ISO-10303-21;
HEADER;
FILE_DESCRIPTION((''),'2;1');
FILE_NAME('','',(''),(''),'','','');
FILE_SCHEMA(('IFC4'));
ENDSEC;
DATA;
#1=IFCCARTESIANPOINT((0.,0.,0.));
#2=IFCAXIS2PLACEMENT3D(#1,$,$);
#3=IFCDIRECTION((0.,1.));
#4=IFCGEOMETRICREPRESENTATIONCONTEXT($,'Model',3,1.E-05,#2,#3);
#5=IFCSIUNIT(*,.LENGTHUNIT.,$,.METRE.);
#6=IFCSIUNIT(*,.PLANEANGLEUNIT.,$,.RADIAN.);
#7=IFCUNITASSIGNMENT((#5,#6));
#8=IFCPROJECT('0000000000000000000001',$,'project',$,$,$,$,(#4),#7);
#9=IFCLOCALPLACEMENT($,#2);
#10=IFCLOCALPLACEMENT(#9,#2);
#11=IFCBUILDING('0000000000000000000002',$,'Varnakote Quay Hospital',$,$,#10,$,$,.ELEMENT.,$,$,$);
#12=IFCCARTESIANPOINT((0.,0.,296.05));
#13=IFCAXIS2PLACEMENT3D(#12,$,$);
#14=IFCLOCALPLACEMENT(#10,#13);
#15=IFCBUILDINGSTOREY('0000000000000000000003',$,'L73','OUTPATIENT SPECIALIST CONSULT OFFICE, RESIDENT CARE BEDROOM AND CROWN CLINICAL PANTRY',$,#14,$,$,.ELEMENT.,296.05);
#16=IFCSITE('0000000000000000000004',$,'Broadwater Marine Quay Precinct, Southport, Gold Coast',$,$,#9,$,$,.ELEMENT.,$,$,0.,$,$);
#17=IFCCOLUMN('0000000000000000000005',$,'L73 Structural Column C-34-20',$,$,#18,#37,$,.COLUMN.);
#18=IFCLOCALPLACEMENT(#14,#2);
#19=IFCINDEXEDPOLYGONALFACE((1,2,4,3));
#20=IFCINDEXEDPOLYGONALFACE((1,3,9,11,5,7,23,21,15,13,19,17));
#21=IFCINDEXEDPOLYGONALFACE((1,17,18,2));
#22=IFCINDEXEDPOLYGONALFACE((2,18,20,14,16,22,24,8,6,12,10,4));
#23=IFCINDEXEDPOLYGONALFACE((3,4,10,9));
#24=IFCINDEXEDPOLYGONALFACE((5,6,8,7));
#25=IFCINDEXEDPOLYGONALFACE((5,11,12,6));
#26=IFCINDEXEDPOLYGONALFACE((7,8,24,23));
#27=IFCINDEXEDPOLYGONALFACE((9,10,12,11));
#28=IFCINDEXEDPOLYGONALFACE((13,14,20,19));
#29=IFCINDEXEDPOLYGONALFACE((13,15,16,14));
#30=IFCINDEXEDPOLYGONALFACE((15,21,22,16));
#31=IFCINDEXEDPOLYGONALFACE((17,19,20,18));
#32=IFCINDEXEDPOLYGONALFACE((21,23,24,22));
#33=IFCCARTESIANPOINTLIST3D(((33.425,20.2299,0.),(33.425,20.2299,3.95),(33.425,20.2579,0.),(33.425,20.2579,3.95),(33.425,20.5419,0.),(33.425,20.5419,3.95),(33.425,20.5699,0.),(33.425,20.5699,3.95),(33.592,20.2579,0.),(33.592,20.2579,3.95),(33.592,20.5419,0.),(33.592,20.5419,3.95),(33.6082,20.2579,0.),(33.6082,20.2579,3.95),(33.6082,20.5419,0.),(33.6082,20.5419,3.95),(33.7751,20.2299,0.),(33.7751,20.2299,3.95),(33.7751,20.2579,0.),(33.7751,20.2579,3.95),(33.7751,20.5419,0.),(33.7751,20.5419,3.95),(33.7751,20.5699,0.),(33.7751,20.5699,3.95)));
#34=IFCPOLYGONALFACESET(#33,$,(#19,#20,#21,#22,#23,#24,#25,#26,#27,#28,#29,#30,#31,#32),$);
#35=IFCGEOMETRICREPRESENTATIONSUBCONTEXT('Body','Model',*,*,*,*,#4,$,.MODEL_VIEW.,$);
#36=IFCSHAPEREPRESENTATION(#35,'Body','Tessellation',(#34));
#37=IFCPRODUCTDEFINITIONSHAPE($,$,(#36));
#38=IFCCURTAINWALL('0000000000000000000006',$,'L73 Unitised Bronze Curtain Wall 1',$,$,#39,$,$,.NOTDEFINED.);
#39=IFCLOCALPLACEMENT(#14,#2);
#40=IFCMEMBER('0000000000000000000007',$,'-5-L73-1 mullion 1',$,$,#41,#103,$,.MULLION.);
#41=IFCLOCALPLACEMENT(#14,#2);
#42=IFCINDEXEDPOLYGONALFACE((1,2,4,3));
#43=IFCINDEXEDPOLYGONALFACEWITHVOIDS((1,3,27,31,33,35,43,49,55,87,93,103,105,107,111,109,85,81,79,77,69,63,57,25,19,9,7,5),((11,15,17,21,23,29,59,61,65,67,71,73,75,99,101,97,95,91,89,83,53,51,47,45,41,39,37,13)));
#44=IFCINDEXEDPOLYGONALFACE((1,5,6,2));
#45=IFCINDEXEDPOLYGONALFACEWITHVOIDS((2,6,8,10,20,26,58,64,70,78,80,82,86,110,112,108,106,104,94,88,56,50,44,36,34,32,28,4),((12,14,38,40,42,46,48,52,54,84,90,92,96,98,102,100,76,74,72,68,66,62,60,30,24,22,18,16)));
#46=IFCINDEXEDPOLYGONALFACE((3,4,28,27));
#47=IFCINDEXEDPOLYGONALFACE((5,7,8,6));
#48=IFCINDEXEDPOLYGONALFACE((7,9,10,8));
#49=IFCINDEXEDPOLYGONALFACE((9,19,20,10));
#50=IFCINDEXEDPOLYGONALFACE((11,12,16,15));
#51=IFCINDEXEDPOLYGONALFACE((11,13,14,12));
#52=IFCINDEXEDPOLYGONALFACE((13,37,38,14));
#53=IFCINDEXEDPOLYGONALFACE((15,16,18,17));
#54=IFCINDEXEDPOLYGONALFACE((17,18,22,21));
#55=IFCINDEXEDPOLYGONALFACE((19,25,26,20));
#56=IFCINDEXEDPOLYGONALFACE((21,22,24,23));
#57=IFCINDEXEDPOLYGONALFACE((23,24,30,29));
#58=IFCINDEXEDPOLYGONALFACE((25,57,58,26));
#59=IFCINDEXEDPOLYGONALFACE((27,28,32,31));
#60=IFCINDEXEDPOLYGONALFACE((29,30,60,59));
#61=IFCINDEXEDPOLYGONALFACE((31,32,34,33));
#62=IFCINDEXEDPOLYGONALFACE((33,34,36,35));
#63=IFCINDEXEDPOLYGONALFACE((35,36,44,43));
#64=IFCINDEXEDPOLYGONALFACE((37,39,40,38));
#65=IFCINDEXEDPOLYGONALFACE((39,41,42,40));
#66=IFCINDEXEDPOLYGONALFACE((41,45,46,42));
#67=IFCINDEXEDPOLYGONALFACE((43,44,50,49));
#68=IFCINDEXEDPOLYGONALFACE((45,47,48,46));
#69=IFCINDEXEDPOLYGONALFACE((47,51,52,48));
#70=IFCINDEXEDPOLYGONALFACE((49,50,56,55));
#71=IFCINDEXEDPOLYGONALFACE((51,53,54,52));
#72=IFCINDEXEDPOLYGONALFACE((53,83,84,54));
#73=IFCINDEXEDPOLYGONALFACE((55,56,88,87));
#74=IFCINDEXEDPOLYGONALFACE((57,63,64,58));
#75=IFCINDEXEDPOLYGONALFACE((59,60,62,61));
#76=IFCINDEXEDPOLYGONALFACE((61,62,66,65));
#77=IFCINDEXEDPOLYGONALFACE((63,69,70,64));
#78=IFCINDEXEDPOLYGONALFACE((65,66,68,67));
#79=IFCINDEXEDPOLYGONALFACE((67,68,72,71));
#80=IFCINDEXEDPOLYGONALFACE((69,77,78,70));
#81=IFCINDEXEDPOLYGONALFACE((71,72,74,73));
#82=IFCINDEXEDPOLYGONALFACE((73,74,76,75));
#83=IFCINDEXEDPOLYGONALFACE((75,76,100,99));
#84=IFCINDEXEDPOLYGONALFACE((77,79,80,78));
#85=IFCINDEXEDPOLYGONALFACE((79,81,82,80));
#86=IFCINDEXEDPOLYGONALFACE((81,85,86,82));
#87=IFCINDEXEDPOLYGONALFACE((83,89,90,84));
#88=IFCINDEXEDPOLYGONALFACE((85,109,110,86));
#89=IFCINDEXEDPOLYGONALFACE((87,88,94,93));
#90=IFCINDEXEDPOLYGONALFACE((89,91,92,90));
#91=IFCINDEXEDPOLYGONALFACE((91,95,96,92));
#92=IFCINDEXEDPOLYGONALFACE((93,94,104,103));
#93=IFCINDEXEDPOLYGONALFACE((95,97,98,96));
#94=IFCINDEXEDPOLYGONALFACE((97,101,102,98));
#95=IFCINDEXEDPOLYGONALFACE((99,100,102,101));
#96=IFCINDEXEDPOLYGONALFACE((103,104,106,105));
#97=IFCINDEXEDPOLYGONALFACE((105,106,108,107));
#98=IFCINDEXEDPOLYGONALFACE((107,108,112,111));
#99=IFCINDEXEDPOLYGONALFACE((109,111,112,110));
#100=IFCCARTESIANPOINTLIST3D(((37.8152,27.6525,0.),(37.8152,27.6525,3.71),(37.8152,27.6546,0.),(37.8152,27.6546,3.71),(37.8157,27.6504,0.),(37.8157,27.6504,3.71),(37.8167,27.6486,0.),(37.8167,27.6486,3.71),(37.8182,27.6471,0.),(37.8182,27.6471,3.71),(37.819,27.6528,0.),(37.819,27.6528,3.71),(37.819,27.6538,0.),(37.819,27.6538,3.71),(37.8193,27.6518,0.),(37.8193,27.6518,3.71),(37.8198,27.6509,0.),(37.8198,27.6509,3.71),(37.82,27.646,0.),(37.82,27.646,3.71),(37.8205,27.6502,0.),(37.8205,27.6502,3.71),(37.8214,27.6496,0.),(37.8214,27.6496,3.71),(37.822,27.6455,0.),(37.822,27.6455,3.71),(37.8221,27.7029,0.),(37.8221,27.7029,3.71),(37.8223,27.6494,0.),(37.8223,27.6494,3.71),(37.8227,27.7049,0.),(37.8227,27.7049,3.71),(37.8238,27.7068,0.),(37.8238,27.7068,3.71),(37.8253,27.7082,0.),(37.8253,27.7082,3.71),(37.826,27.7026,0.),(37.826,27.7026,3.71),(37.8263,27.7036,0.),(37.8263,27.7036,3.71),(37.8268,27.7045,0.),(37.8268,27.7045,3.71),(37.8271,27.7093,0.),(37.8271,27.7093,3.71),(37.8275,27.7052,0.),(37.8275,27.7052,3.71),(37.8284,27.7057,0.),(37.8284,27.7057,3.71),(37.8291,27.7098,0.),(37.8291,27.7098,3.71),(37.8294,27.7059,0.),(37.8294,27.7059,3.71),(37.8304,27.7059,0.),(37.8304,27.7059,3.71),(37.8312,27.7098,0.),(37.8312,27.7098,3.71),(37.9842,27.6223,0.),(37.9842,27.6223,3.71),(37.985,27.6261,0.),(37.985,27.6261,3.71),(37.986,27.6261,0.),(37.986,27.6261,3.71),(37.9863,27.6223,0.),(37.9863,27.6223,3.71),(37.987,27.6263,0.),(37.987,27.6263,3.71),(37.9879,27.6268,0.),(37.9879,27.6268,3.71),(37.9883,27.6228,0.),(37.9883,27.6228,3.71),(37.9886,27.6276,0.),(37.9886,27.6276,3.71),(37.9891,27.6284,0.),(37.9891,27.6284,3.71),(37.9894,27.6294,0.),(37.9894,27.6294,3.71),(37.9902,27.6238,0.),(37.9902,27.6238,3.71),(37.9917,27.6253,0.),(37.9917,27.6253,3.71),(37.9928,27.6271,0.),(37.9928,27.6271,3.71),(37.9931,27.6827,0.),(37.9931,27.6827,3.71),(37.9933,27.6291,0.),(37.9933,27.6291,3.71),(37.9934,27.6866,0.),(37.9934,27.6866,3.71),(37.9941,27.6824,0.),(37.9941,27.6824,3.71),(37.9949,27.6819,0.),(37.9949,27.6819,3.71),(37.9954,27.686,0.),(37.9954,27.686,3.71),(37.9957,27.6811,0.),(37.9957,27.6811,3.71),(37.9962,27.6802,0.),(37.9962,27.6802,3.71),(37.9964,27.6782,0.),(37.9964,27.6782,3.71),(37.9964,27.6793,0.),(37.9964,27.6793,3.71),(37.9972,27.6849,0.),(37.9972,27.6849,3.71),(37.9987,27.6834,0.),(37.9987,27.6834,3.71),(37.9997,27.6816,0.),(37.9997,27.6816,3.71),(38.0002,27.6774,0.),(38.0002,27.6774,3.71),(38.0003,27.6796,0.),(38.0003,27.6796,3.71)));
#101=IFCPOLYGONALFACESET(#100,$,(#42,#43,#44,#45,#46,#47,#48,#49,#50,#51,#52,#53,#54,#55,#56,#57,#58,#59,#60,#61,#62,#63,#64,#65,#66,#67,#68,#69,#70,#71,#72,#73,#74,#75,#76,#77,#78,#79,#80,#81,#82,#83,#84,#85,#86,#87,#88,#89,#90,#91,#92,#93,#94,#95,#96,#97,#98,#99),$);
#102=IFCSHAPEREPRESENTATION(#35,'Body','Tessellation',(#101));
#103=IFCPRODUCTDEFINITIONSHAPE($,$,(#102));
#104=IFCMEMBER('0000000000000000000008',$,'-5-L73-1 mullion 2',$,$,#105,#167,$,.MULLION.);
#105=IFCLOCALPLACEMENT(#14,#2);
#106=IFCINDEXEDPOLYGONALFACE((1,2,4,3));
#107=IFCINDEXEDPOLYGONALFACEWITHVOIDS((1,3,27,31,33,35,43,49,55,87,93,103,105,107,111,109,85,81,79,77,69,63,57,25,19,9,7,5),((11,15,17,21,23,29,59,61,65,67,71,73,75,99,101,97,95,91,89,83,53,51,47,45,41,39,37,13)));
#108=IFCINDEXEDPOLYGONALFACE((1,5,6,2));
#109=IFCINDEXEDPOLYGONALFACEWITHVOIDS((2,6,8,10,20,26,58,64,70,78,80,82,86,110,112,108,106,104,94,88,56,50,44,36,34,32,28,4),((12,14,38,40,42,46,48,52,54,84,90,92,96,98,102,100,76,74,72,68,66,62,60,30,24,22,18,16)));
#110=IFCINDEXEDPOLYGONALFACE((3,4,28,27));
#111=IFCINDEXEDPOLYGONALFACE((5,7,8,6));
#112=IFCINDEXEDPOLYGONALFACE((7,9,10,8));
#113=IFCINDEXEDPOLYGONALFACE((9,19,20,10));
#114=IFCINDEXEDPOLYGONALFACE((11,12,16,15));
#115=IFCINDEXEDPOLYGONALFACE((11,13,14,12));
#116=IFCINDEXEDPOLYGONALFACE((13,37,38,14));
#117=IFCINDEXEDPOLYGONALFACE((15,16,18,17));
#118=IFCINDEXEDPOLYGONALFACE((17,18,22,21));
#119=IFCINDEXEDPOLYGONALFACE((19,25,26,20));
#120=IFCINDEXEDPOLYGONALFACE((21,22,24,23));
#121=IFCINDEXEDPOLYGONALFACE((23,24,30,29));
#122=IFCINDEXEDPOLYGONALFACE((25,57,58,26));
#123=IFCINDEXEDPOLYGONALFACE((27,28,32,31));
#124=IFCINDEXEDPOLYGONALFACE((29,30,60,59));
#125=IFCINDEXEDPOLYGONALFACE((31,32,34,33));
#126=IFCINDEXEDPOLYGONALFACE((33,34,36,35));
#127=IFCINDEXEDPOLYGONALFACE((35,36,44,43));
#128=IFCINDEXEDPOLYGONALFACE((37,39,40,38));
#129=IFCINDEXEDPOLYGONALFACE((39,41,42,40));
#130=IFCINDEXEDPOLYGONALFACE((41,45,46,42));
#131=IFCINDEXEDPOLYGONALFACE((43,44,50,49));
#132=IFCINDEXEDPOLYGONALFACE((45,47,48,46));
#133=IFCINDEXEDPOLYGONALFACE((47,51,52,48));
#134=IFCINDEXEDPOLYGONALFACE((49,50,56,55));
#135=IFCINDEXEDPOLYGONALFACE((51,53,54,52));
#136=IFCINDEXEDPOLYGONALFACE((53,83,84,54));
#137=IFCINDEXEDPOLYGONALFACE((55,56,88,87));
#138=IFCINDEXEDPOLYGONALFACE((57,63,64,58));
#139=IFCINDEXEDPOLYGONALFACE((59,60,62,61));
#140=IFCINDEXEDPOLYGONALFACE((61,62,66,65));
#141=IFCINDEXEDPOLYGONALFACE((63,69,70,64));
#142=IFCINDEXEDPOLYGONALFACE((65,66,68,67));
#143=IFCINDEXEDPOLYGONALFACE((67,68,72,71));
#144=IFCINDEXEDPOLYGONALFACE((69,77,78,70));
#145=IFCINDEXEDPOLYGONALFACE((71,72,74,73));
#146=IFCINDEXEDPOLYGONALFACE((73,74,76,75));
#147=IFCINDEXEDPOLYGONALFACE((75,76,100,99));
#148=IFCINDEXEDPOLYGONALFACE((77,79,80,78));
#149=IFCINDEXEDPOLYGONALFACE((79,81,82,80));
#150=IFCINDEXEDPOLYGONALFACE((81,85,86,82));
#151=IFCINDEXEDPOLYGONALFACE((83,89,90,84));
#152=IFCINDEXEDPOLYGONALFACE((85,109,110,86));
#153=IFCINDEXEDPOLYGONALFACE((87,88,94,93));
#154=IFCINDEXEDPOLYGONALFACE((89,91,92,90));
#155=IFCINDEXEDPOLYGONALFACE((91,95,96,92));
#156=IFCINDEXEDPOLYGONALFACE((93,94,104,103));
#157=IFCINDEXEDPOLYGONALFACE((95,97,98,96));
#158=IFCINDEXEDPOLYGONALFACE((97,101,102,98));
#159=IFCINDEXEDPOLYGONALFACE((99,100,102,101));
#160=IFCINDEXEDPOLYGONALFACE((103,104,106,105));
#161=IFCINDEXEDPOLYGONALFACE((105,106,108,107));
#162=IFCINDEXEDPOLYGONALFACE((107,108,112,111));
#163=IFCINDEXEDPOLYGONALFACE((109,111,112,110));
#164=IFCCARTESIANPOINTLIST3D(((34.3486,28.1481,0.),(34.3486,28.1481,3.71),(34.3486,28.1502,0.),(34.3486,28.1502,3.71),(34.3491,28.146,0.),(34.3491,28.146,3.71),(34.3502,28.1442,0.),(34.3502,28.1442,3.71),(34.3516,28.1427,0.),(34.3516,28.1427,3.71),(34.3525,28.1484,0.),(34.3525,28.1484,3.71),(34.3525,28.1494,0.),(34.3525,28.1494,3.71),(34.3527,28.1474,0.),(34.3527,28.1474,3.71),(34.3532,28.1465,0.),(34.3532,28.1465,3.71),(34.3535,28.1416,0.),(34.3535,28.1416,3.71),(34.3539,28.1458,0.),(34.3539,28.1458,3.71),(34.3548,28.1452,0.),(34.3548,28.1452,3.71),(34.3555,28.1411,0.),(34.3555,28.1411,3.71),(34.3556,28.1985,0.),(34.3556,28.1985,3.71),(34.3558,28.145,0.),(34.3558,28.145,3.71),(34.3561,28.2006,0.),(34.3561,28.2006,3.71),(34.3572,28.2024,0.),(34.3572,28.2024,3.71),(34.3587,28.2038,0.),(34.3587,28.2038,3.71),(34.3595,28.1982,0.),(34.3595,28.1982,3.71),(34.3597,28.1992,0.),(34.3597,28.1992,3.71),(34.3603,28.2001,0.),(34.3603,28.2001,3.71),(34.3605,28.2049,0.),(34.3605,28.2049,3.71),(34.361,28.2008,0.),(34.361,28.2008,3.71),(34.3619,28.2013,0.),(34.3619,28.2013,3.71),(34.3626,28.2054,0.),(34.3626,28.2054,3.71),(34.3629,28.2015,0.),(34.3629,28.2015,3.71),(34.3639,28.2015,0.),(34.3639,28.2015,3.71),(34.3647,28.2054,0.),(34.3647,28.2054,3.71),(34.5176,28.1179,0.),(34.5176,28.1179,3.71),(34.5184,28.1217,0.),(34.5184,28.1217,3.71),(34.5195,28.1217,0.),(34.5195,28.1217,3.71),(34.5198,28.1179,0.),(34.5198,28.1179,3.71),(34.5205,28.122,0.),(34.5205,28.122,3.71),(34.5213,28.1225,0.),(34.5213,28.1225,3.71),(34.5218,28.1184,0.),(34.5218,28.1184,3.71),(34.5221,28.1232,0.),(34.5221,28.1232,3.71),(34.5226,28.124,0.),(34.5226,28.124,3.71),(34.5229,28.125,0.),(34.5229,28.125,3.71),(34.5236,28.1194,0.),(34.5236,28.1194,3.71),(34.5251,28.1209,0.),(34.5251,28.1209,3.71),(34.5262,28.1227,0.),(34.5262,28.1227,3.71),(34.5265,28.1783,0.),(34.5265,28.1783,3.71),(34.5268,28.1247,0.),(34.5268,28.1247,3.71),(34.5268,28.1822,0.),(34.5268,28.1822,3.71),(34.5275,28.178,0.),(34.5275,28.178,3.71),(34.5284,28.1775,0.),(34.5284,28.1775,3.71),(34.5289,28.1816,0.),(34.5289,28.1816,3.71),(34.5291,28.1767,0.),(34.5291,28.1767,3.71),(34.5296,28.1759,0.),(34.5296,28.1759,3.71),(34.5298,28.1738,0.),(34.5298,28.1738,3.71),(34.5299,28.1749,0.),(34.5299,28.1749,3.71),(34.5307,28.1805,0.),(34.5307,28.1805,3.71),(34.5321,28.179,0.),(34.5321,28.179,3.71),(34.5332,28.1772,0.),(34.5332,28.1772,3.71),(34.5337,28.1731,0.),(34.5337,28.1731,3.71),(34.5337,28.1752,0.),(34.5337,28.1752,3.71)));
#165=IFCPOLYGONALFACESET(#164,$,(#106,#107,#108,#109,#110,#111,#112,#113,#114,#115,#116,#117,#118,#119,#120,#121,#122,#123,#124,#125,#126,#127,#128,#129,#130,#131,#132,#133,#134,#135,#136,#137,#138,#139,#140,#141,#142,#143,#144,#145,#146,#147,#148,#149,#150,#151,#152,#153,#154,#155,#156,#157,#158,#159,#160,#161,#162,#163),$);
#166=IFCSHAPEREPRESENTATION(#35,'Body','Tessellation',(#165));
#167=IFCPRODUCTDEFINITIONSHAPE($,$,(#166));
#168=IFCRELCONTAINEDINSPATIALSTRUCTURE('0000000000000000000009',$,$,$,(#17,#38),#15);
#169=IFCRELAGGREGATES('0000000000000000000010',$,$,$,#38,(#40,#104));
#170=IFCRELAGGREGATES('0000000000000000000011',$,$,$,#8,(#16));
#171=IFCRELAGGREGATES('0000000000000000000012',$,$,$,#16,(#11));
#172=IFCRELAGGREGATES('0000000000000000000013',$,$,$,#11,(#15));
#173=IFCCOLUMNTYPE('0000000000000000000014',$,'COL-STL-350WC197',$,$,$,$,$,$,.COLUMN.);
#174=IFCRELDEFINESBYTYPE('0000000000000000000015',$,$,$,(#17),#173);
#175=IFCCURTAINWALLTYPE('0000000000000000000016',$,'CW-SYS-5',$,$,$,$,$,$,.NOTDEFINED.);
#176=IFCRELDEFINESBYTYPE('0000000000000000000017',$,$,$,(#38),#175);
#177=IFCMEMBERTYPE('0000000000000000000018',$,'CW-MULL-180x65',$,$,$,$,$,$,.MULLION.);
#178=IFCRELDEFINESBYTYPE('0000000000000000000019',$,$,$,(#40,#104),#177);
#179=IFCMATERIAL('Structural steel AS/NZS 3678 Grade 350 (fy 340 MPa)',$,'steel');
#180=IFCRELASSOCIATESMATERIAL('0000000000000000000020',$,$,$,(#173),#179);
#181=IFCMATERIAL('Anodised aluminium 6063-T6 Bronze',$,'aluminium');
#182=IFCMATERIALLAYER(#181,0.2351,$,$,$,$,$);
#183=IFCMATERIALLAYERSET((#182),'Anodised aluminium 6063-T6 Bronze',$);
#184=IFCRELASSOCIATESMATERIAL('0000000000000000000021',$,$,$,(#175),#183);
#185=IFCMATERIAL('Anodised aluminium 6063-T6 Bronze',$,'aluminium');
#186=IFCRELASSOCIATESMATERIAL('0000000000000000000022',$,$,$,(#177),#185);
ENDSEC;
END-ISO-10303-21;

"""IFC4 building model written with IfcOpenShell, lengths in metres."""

from ifc_helpers import new_model, si_unit, direction, frame, origin, origin_2d, place, context, subcontext, project, spatial, hollow_rectangle, i_section, extrude, material, layer, layer_set, material_profile, profile_set, type_object, element, aggregate, save


model = new_model("IFC4")

# Units and contexts
model_context = context("Model", 3, precision=1e-05, world=origin(), true_north=direction((0.0, 1.0)))
body_context = subcontext(model_context, "Body", "Model", "MODEL_VIEW")
ifc_project = project(units=[si_unit("LENGTHUNIT", "METRE"), si_unit("PLANEANGLEUNIT", "RADIAN")], contexts=[model_context])

# Site, building, storey
site_placement = place(None, origin())
site = spatial("IfcSite", under=ifc_project, at=site_placement, Name="Broadwater Marine Quay Precinct, Southport, Gold Coast", CompositionType="ELEMENT", RefElevation=0.0)
building_placement = place(site_placement, origin())
building = spatial("IfcBuilding", under=site, at=building_placement, Name="Varnakote Quay Hospital", CompositionType="ELEMENT")
storey_placement = place(building_placement, frame((0.0, 0.0, 296.05)))
storey = spatial("IfcBuildingStorey", under=building, at=storey_placement, Name="L73", Description="OUTPATIENT SPECIALIST CONSULT OFFICE, RESIDENT CARE BEDROOM AND CROWN CLINICAL PANTRY", CompositionType="ELEMENT", Elevation=296.05)

# Column
ifc_material_1 = material(Name="Structural steel AS/NZS 3678 Grade 350 (fy 340 MPa)", Category="steel")
ifc_material_profile_1 = material_profile(ifc_material_1, i_section(OverallWidth=0.3501, OverallDepth=0.3401, WebThickness=0.0161, FlangeThickness=0.0281, at=origin_2d()), Name="350WC197")
ifc_profile_set_1 = profile_set([ifc_material_profile_1], Name="Structural steel AS/NZS 3678 Grade 350 (fy 340 MPa)")
column_type = type_object("IfcColumnType", Name="COL-STL-350WC197", PredefinedType="COLUMN", material=ifc_profile_set_1)
column_placement = place(storey_placement, frame((33.6001, 20.3999, 0.0), z_axis=(0.0, 0.0, 1.0), x_axis=(1.0, 0.0, 0.0)))
element("IfcColumn", 1, at=column_placement, inside=storey, type_object=column_type, Name="L73 Structural Column C-34-20", PredefinedType="COLUMN", context=body_context, shape_type="SweptSolid", body=[
    extrude(i_section(OverallWidth=0.3501, OverallDepth=0.3401, WebThickness=0.0161, FlangeThickness=0.0281, at=origin_2d()), origin(), (0.0, 0.0, 1.0), 3.95),
])

# Curtain wall, members
ifc_material_2 = material(Name="Anodised aluminium 6063-T6 Bronze", Category="aluminium")
ifc_layer_1 = layer(ifc_material_2, 0.2351)
ifc_layer_set_1 = layer_set([ifc_layer_1], Name="Anodised aluminium 6063-T6 Bronze")
curtain_wall_type = type_object("IfcCurtainWallType", Name="CW-SYS-5", PredefinedType="NOTDEFINED", material=ifc_layer_set_1)
curtain_wall_placement = place(storey_placement, origin())
curtain_wall = element("IfcCurtainWall", 2, at=curtain_wall_placement, inside=storey, type_object=curtain_wall_type, Name="L73 Unitised Bronze Curtain Wall 1", PredefinedType="NOTDEFINED")
ifc_material_3 = material(Name="Anodised aluminium 6063-T6 Bronze", Category="aluminium")
ifc_material_profile_2 = material_profile(ifc_material_3, hollow_rectangle(XDim=0.0649, YDim=0.1799, WallThickness=0.0039, InnerFilletRadius=0.0039, OuterFilletRadius=0.0081, at=origin_2d()), Name="CW-MULL-180x65")
ifc_profile_set_2 = profile_set([ifc_material_profile_2], Name="Anodised aluminium 6063-T6 Bronze")
member_type_1 = type_object("IfcMemberType", Name="CW-MULL-180x65", PredefinedType="MULLION", material=ifc_profile_set_2)
member_1_placement = place(storey_placement, frame((37.9077, 27.666, 0.0), z_axis=(0.0, 0.0, 1.0), x_axis=(-0.141572, -0.989928, 0.0)))
member_1 = element("IfcMember", 3, at=member_1_placement, type_object=member_type_1, Name="-5-L73-1 mullion 1", PredefinedType="MULLION", context=body_context, shape_type="SweptSolid", body=[
    extrude(hollow_rectangle(XDim=0.0649, YDim=0.1799, WallThickness=0.0039, InnerFilletRadius=0.0039, OuterFilletRadius=0.0081, at=origin_2d()), origin(), (0.0, 0.0, 1.0), 3.71),
])
member_2_placement = place(storey_placement, frame((34.4412, 28.1616, 0.0), z_axis=(0.0, 0.0, 1.0), x_axis=(-0.141572, -0.989928, 0.0)))
member_2 = element("IfcMember", 4, at=member_2_placement, type_object=member_type_1, Name="-5-L73-1 mullion 2", PredefinedType="MULLION", context=body_context, shape_type="SweptSolid", body=[
    extrude(hollow_rectangle(XDim=0.0649, YDim=0.1799, WallThickness=0.0039, InnerFilletRadius=0.0039, OuterFilletRadius=0.0081, at=origin_2d()), origin(), (0.0, 0.0, 1.0), 3.71),
])
aggregate(curtain_wall, [member_1, member_2])

save(model, "model.ifc")
